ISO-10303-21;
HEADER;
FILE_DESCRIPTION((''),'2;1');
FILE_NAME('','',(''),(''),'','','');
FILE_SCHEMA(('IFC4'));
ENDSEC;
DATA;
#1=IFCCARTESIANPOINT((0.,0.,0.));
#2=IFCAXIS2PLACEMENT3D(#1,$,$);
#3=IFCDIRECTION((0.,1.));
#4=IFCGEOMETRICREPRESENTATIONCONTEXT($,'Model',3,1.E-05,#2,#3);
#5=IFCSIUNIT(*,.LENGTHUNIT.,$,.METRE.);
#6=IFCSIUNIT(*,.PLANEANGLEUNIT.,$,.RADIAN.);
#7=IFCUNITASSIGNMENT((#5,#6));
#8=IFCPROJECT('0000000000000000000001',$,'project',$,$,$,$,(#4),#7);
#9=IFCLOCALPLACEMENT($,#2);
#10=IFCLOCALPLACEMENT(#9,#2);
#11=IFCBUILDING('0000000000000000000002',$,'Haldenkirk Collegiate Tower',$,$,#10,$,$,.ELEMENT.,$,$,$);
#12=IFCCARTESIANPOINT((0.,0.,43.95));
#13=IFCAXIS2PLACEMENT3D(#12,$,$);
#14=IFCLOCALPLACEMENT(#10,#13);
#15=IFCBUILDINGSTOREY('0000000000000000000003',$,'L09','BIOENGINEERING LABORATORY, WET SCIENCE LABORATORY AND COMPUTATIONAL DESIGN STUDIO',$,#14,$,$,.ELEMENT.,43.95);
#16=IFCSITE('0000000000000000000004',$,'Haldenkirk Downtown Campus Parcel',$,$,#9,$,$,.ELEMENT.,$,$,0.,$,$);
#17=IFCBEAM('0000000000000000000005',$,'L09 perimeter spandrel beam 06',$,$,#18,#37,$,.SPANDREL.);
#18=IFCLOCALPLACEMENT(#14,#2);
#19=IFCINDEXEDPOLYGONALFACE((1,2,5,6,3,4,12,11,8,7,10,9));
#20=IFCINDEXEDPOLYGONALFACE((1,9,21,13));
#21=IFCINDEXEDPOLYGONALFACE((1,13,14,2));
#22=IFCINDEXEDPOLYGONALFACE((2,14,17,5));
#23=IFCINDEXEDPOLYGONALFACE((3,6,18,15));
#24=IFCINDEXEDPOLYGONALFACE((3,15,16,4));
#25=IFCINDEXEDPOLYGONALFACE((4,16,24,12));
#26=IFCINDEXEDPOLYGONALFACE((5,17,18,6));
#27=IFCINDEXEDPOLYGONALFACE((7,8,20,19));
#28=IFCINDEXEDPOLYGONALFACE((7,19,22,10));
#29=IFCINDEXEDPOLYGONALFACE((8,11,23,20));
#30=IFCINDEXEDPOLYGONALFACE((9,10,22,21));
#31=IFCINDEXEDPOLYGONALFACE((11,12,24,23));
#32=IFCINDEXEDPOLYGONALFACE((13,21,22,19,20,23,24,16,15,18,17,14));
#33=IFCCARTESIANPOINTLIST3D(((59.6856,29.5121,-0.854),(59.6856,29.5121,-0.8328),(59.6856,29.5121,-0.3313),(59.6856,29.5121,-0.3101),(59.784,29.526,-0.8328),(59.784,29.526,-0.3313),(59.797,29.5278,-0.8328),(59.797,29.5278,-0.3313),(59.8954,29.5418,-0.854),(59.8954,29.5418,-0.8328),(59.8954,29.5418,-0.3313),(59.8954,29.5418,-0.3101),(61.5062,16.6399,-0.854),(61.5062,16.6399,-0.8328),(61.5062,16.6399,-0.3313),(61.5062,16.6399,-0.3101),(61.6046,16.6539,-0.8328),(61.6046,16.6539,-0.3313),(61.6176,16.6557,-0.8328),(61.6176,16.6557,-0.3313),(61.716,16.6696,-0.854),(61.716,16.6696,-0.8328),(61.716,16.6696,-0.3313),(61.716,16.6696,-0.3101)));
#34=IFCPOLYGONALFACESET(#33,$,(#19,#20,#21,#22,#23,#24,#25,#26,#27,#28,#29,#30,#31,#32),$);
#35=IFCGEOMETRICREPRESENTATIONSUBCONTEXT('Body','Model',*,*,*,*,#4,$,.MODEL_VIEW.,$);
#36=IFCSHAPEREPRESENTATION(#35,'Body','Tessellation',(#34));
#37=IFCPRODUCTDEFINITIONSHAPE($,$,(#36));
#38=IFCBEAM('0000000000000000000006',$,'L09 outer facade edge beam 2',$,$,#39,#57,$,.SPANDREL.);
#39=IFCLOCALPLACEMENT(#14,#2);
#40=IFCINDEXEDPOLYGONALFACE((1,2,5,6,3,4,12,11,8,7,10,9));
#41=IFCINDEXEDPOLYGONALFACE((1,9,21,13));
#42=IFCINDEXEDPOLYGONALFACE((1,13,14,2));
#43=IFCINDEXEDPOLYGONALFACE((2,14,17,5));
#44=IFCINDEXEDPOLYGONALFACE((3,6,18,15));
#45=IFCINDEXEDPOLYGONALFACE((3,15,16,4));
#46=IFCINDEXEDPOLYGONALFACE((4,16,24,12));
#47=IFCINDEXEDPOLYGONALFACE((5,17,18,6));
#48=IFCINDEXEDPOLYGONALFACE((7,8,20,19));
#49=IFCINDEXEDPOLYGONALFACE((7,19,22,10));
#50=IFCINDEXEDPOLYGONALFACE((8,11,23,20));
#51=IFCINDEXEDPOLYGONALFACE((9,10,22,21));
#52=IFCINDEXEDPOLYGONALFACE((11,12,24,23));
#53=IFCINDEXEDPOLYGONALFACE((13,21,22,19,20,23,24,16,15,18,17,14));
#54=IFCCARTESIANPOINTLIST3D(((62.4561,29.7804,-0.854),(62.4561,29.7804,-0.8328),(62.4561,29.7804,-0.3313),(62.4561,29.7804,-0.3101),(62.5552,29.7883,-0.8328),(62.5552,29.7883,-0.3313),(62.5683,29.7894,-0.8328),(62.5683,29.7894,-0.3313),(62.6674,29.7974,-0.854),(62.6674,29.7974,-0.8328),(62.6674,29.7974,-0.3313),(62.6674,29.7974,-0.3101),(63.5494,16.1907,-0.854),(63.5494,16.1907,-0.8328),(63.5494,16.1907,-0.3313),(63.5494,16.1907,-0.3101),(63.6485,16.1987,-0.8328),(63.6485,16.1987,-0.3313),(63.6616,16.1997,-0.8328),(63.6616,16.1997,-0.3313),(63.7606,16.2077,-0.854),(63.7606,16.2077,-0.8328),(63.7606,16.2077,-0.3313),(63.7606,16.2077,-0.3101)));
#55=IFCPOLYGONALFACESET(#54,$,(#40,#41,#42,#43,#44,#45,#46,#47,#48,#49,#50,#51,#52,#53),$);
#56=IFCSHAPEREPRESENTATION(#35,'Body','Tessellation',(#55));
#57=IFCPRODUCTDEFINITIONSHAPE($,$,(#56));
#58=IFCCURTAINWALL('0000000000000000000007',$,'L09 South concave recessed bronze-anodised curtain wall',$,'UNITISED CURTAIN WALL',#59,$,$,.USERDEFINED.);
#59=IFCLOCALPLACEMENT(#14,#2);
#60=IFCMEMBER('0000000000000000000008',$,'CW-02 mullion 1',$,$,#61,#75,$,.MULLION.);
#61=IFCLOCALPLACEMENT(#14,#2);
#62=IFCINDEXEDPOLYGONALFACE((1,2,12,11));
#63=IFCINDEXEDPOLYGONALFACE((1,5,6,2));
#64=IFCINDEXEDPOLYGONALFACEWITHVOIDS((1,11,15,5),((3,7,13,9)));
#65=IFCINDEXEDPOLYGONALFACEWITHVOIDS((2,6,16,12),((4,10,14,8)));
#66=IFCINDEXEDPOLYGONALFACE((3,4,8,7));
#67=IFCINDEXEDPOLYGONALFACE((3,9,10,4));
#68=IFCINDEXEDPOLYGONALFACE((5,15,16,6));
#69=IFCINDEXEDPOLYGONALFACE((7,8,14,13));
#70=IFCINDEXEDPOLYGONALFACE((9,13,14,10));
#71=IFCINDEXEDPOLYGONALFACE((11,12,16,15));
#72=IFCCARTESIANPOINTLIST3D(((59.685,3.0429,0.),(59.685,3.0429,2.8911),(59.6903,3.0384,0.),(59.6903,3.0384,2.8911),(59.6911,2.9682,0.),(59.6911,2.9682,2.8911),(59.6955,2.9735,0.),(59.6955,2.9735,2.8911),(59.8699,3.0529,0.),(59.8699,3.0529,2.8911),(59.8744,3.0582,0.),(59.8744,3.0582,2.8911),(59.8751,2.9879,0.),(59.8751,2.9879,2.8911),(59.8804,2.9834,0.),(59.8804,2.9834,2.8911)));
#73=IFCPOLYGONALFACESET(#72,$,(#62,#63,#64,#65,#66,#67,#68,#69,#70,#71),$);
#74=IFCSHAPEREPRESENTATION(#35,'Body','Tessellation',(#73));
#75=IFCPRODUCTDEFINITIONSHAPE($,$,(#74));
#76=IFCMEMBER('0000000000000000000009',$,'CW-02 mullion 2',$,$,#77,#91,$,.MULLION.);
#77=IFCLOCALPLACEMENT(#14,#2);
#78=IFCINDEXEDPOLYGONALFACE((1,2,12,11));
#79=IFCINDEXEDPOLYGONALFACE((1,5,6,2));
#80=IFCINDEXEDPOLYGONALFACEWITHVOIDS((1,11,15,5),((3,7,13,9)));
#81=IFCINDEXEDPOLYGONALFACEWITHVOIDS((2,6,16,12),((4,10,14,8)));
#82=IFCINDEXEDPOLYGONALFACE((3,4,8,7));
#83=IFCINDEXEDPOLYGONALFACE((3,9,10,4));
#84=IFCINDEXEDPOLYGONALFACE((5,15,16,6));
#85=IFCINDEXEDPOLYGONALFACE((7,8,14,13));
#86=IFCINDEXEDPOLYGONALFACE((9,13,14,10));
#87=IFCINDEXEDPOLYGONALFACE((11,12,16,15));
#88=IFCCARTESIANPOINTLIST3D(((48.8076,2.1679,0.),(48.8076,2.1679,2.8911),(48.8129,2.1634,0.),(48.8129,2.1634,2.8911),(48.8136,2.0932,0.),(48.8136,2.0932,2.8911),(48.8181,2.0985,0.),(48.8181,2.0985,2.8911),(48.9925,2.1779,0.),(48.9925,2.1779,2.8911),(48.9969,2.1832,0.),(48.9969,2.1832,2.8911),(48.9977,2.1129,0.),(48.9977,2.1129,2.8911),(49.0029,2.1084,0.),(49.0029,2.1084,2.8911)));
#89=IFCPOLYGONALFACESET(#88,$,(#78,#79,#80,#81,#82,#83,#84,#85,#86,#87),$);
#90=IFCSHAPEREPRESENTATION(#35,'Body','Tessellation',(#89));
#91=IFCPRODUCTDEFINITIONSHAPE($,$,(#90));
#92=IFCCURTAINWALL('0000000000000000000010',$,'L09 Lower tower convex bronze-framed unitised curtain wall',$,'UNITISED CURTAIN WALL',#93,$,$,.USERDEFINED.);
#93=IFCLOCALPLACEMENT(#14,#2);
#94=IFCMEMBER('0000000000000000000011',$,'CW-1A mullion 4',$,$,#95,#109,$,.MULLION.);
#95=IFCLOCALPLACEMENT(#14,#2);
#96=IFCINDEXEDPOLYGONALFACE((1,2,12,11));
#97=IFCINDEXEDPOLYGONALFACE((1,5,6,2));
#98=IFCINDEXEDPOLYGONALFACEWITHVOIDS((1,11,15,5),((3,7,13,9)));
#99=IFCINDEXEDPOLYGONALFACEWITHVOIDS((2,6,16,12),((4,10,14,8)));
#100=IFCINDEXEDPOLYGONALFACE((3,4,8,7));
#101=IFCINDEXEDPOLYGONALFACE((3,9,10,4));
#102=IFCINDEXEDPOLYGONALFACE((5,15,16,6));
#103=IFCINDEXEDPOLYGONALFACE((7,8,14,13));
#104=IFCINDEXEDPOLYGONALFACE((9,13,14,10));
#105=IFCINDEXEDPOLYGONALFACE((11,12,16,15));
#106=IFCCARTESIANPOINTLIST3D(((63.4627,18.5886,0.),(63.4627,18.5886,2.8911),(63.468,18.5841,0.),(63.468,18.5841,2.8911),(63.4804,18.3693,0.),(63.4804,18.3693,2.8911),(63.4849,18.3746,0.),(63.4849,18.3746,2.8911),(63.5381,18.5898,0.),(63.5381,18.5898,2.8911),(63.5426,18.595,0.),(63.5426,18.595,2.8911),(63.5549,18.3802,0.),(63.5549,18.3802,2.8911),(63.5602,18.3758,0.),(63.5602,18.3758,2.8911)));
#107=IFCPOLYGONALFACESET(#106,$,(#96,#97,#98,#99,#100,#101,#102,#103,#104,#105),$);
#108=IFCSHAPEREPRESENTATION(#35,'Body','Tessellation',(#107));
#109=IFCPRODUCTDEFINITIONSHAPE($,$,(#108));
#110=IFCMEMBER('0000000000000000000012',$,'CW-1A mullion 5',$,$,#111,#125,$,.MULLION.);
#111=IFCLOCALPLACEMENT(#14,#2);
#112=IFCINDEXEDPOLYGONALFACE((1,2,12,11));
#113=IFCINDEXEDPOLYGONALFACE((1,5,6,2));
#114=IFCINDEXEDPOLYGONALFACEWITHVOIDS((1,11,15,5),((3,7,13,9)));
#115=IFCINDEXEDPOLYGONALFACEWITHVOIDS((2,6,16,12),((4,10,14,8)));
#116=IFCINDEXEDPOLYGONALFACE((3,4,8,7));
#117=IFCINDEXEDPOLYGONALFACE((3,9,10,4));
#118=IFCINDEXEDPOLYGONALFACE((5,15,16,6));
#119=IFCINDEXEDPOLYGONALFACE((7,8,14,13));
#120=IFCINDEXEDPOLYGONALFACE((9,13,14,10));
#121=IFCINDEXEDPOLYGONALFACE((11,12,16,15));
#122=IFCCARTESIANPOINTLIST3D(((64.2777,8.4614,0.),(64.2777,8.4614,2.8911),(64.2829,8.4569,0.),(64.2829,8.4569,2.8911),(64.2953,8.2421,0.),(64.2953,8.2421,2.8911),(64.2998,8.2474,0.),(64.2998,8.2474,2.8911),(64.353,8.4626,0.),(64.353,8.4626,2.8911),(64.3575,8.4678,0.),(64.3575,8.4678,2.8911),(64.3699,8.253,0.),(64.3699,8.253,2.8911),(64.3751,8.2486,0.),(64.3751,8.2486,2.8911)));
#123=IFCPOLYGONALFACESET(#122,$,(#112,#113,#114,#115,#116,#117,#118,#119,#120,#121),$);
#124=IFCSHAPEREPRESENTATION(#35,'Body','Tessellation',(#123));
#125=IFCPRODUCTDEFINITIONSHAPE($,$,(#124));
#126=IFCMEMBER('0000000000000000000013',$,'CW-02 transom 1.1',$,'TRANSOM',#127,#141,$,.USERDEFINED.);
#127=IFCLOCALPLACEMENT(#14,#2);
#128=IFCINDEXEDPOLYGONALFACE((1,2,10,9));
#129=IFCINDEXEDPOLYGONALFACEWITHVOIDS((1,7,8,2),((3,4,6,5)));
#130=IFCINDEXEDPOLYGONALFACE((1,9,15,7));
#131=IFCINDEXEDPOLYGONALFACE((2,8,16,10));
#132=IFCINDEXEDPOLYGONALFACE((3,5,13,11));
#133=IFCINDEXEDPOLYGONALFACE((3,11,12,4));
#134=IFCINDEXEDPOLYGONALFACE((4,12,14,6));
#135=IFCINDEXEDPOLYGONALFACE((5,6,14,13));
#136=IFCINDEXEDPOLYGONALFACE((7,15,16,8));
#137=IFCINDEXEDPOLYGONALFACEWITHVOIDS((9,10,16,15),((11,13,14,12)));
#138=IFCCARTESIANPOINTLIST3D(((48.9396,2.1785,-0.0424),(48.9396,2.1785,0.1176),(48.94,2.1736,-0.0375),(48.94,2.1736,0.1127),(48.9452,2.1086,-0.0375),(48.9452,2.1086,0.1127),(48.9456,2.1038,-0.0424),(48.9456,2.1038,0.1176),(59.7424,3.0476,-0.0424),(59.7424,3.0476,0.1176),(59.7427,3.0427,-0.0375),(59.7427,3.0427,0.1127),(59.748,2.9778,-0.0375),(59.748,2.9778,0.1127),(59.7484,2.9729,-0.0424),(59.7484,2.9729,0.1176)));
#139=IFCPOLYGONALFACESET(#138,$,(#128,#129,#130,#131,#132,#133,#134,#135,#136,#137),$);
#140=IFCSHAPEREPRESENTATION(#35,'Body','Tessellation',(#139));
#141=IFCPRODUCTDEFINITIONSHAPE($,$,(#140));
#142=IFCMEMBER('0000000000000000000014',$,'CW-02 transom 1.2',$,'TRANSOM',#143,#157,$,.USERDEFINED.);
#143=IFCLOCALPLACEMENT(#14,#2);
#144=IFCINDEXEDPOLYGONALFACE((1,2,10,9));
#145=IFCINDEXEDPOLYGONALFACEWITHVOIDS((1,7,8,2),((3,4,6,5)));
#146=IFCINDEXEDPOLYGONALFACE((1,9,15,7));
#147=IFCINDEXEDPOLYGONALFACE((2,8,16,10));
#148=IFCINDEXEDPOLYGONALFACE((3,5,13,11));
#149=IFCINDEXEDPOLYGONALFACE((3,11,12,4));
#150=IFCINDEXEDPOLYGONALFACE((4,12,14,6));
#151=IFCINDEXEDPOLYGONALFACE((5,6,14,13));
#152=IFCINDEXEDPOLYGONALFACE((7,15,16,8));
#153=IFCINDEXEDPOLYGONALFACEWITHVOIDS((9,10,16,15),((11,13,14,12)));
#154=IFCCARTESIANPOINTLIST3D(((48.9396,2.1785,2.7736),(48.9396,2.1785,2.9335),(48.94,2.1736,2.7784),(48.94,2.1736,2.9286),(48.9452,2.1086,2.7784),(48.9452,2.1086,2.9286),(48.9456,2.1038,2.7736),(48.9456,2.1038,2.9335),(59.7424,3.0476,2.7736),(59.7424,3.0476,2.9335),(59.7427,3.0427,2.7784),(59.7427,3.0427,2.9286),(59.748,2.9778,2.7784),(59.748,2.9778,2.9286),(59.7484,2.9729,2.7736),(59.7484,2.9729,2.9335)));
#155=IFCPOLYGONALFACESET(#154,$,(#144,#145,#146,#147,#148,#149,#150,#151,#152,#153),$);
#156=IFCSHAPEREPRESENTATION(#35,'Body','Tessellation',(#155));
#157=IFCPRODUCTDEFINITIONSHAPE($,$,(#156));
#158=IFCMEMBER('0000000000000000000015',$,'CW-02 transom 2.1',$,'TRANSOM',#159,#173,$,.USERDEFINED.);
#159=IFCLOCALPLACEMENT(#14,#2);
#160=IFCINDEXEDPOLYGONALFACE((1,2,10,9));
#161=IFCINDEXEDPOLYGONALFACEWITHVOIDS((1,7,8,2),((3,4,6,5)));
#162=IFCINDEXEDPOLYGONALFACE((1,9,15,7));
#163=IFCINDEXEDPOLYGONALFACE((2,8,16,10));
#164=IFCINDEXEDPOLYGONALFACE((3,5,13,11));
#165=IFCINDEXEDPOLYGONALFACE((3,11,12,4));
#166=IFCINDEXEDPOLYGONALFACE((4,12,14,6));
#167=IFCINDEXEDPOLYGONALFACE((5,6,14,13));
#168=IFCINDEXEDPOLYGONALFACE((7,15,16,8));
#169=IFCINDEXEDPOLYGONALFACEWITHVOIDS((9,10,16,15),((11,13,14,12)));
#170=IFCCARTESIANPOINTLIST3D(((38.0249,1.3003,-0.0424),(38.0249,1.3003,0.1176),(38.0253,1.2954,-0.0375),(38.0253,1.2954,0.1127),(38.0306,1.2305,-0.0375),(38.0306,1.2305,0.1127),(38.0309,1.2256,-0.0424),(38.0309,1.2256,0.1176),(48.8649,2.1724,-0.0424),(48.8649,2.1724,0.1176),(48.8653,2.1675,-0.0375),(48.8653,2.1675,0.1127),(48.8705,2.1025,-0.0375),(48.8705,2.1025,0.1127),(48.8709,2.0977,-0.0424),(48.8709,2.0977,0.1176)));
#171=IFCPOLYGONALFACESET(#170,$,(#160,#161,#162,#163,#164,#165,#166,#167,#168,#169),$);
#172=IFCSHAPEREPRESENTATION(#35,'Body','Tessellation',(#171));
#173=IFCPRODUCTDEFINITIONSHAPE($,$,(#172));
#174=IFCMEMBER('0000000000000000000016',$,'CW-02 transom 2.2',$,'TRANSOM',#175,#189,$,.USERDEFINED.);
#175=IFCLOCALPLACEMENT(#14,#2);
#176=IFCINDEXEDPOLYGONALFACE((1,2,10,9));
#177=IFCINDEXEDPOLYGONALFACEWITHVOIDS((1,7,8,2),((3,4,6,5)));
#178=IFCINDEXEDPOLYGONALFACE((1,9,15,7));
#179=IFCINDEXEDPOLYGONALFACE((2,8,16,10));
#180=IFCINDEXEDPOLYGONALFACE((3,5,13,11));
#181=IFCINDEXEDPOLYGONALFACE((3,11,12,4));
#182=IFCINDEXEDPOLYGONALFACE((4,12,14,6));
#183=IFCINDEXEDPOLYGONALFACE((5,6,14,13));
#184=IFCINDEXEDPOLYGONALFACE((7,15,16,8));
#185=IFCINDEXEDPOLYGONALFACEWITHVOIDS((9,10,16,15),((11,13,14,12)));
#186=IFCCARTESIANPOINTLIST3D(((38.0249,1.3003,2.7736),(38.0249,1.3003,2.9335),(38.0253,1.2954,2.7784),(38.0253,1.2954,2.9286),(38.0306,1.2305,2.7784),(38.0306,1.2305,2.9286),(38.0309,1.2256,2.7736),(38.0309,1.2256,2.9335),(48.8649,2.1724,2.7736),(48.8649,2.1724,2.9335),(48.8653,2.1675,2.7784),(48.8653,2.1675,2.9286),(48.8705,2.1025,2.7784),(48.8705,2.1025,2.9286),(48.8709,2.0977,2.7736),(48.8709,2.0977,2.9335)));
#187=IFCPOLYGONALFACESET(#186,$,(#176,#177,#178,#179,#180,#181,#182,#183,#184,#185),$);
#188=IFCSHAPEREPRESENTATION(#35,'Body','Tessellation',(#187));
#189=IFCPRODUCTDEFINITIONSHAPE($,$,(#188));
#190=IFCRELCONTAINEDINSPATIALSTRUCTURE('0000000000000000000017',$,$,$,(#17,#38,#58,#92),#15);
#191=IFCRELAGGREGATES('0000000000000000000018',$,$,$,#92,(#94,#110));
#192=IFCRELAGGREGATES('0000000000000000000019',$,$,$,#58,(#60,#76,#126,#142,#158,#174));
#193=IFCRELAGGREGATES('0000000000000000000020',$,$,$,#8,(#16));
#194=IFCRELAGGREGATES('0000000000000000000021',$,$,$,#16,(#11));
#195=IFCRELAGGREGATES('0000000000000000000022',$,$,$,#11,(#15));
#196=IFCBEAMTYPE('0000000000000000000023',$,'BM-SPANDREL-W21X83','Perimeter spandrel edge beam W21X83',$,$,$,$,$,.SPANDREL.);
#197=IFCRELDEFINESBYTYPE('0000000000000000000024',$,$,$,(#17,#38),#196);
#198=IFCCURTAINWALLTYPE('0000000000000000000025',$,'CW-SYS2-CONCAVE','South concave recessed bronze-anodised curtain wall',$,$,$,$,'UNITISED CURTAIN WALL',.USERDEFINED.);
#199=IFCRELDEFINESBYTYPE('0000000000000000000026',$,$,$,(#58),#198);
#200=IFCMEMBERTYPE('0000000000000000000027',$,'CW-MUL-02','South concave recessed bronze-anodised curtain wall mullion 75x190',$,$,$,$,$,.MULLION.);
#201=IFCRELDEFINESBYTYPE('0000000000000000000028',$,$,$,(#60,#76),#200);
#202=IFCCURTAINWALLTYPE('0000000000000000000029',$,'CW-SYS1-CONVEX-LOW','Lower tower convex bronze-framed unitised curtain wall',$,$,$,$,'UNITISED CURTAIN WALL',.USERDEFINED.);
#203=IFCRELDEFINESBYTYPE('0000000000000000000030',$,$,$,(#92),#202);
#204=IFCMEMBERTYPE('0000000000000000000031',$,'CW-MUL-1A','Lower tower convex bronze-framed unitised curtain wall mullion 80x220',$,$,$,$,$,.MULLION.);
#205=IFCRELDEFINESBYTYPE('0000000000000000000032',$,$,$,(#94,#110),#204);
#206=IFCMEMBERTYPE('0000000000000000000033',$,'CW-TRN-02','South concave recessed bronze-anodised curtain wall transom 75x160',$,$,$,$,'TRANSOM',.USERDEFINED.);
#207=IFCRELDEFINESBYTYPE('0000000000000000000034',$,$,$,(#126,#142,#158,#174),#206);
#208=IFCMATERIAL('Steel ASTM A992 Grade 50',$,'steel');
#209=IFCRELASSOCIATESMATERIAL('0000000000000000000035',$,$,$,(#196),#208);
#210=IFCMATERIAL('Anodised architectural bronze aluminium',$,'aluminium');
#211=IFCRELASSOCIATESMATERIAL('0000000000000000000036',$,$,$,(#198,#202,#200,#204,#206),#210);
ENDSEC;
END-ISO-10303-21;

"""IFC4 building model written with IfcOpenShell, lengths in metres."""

from ifc_helpers import new_model, si_unit, direction, frame, origin, origin_2d, place, context, subcontext, project, spatial, hollow_rectangle, i_section, extrude, material, material_profile, profile_set, type_object, element, aggregate, save


model = new_model("IFC4")

# Units and contexts
model_context = context("Model", 3, precision=1e-05, world=origin(), true_north=direction((0.0, 1.0)))
body_context = subcontext(model_context, "Body", "Model", "MODEL_VIEW")
ifc_project = project(units=[si_unit("LENGTHUNIT", "METRE"), si_unit("PLANEANGLEUNIT", "RADIAN")], contexts=[model_context])

# Site, building, storey
site_placement = place(None, origin())
site = spatial("IfcSite", under=ifc_project, at=site_placement, Name="Haldenkirk Downtown Campus Parcel", CompositionType="ELEMENT", RefElevation=0.0)
building_placement = place(site_placement, origin())
building = spatial("IfcBuilding", under=site, at=building_placement, Name="Haldenkirk Collegiate Tower", CompositionType="ELEMENT")
storey_placement = place(building_placement, frame((0.0, 0.0, 43.95)))
storey = spatial("IfcBuildingStorey", under=building, at=storey_placement, Name="L09", Description="BIOENGINEERING LABORATORY, WET SCIENCE LABORATORY AND COMPUTATIONAL DESIGN STUDIO", CompositionType="ELEMENT", Elevation=43.95)

# Beams
ifc_material_1 = material(Name="Steel ASTM A992 Grade 50", Category="steel")
ifc_material_profile_1 = material_profile(ifc_material_1, i_section(OverallWidth=0.2119, OverallDepth=0.5439, WebThickness=0.0132, FlangeThickness=0.0212, at=origin_2d()), Name="W21X83")
ifc_profile_set_1 = profile_set([ifc_material_profile_1], Name="Steel ASTM A992 Grade 50")
beam_type_1 = type_object("IfcBeamType", Name="BM-SPANDREL-W21X83", Description="Perimeter spandrel edge beam W21X83", PredefinedType="SPANDREL", material=ifc_profile_set_1)
beam_1_placement = place(storey_placement, frame((61.6111, 16.6548, -0.582), z_axis=(-0.140041, 0.990146, 0.0), x_axis=(-0.990146, -0.140041, 0.0)))
element("IfcBeam", 1, at=beam_1_placement, inside=storey, type_object=beam_type_1, Name="L09 perimeter spandrel beam 06", PredefinedType="SPANDREL", context=body_context, shape_type="SweptSolid", body=[
    extrude(i_section(OverallWidth=0.2119, OverallDepth=0.5439, WebThickness=0.0132, FlangeThickness=0.0212, at=origin_2d()), origin(), (0.0, 0.0, 1.0), 13.0002),
])
beam_2_placement = place(storey_placement, frame((63.655, 16.1992, -0.582), z_axis=(-0.080189, 0.99678, 0.0), x_axis=(-0.99678, -0.080189, 0.0)))
element("IfcBeam", 2, at=beam_2_placement, inside=storey, type_object=beam_type_1, Name="L09 outer facade edge beam 2", PredefinedType="SPANDREL", context=body_context, shape_type="SweptSolid", body=[
    extrude(i_section(OverallWidth=0.2119, OverallDepth=0.5439, WebThickness=0.0132, FlangeThickness=0.0212, at=origin_2d()), origin(), (0.0, 0.0, 1.0), 13.6335),
])

# Curtain walls, members
ifc_material_2 = material(Name="Anodised architectural bronze aluminium", Category="aluminium")
curtain_wall_type_1 = type_object("IfcCurtainWallType", Name="CW-SYS2-CONCAVE", Description="South concave recessed bronze-anodised curtain wall", ElementType="UNITISED CURTAIN WALL", PredefinedType="USERDEFINED", material=ifc_material_2)
curtain_wall_1_placement = place(storey_placement, origin())
curtain_wall_1 = element("IfcCurtainWall", 3, at=curtain_wall_1_placement, inside=storey, type_object=curtain_wall_type_1, Name="L09 South concave recessed bronze-anodised curtain wall", ObjectType="UNITISED CURTAIN WALL", PredefinedType="USERDEFINED")
ifc_material_profile_2 = material_profile(ifc_material_2, hollow_rectangle(XDim=0.075, YDim=0.1899, WallThickness=0.0049, at=origin_2d()), Name="CW-MUL-02")
ifc_profile_set_2 = profile_set([ifc_material_profile_2], Name="Anodised architectural bronze aluminium")
member_type_1 = type_object("IfcMemberType", Name="CW-MUL-02", Description="South concave recessed bronze-anodised curtain wall mullion 75x190", PredefinedType="MULLION", material=ifc_profile_set_2)
member_1_placement = place(storey_placement, frame((59.7827, 3.0132, 0.0), z_axis=(0.0, 0.0, 1.0), x_axis=(0.080199, -0.996779, 0.0)))
member_1 = element("IfcMember", 4, at=member_1_placement, type_object=member_type_1, Name="CW-02 mullion 1", PredefinedType="MULLION", context=body_context, shape_type="SweptSolid", body=[
    extrude(hollow_rectangle(XDim=0.075, YDim=0.1899, WallThickness=0.0049, at=origin_2d()), origin(), (0.0, 0.0, 1.0), 2.8911),
])
member_2_placement = place(storey_placement, frame((48.9053, 2.1382, 0.0), z_axis=(0.0, 0.0, 1.0), x_axis=(0.080199, -0.996779, 0.0)))
member_2 = element("IfcMember", 5, at=member_2_placement, type_object=member_type_1, Name="CW-02 mullion 2", PredefinedType="MULLION", context=body_context, shape_type="SweptSolid", body=[
    extrude(hollow_rectangle(XDim=0.075, YDim=0.1899, WallThickness=0.0049, at=origin_2d()), origin(), (0.0, 0.0, 1.0), 2.8911),
])
curtain_wall_type_2 = type_object("IfcCurtainWallType", Name="CW-SYS1-CONVEX-LOW", Description="Lower tower convex bronze-framed unitised curtain wall", ElementType="UNITISED CURTAIN WALL", PredefinedType="USERDEFINED", material=ifc_material_2)
curtain_wall_2_placement = place(storey_placement, origin())
curtain_wall_2 = element("IfcCurtainWall", 6, at=curtain_wall_2_placement, inside=storey, type_object=curtain_wall_type_2, Name="L09 Lower tower convex bronze-framed unitised curtain wall", ObjectType="UNITISED CURTAIN WALL", PredefinedType="USERDEFINED")
ifc_material_profile_3 = material_profile(ifc_material_2, hollow_rectangle(XDim=0.0801, YDim=0.22, WallThickness=0.0049, at=origin_2d()), Name="CW-MUL-1A")
ifc_profile_set_3 = profile_set([ifc_material_profile_3], Name="Anodised architectural bronze aluminium")
member_type_2 = type_object("IfcMemberType", Name="CW-MUL-1A", Description="Lower tower convex bronze-framed unitised curtain wall mullion 80x220", PredefinedType="MULLION", material=ifc_profile_set_3)
member_3_placement = place(storey_placement, frame((63.5115, 18.4822, 0.0), z_axis=(0.0, 0.0, 1.0), x_axis=(0.996779, 0.080198, 0.0)))
member_3 = element("IfcMember", 7, at=member_3_placement, type_object=member_type_2, Name="CW-1A mullion 4", PredefinedType="MULLION", context=body_context, shape_type="SweptSolid", body=[
    extrude(hollow_rectangle(XDim=0.0801, YDim=0.22, WallThickness=0.0049, at=origin_2d()), origin(), (0.0, 0.0, 1.0), 2.8911),
])
member_4_placement = place(storey_placement, frame((64.3264, 8.355, 0.0), z_axis=(0.0, 0.0, 1.0), x_axis=(0.996779, 0.080198, 0.0)))
member_4 = element("IfcMember", 8, at=member_4_placement, type_object=member_type_2, Name="CW-1A mullion 5", PredefinedType="MULLION", context=body_context, shape_type="SweptSolid", body=[
    extrude(hollow_rectangle(XDim=0.0801, YDim=0.22, WallThickness=0.0049, at=origin_2d()), origin(), (0.0, 0.0, 1.0), 2.8911),
])

# Members
ifc_material_profile_4 = material_profile(ifc_material_2, hollow_rectangle(XDim=0.075, YDim=0.1599, WallThickness=0.0049, at=origin_2d()), Name="CW-TRN-02")
ifc_profile_set_4 = profile_set([ifc_material_profile_4], Name="Anodised architectural bronze aluminium")
member_type_3 = type_object("IfcMemberType", Name="CW-TRN-02", Description="South concave recessed bronze-anodised curtain wall transom 75x160", ElementType="TRANSOM", PredefinedType="USERDEFINED", material=ifc_profile_set_4)
member_5_placement = place(storey_placement, frame((59.7454, 3.0103, 0.0376), z_axis=(-0.996779, -0.080196, 0.0), x_axis=(0.080196, -0.996779, 0.0)))
member_5 = element("IfcMember", 9, at=member_5_placement, type_object=member_type_3, Name="CW-02 transom 1.1", ObjectType="TRANSOM", PredefinedType="USERDEFINED", context=body_context, shape_type="SweptSolid", body=[
    extrude(hollow_rectangle(XDim=0.075, YDim=0.1599, WallThickness=0.0049, at=origin_2d()), origin(), (0.0, 0.0, 1.0), 10.8376),
])
member_6_placement = place(storey_placement, frame((59.7454, 3.0103, 2.8535), z_axis=(-0.996779, -0.080196, 0.0), x_axis=(0.080196, -0.996779, 0.0)))
member_6 = element("IfcMember", 10, at=member_6_placement, type_object=member_type_3, Name="CW-02 transom 1.2", ObjectType="TRANSOM", PredefinedType="USERDEFINED", context=body_context, shape_type="SweptSolid", body=[
    extrude(hollow_rectangle(XDim=0.075, YDim=0.1599, WallThickness=0.0049, at=origin_2d()), origin(), (0.0, 0.0, 1.0), 10.8376),
])
member_7_placement = place(storey_placement, frame((48.8679, 2.135, 0.0376), z_axis=(-0.99678, -0.08019, 0.0), x_axis=(0.08019, -0.99678, 0.0)))
member_7 = element("IfcMember", 11, at=member_7_placement, type_object=member_type_3, Name="CW-02 transom 2.1", ObjectType="TRANSOM", PredefinedType="USERDEFINED", context=body_context, shape_type="SweptSolid", body=[
    extrude(hollow_rectangle(XDim=0.075, YDim=0.1599, WallThickness=0.0049, at=origin_2d()), origin(), (0.0, 0.0, 1.0), 10.875),
])
member_8_placement = place(storey_placement, frame((48.8679, 2.135, 2.8535), z_axis=(-0.99678, -0.08019, 0.0), x_axis=(0.08019, -0.99678, 0.0)))
member_8 = element("IfcMember", 12, at=member_8_placement, type_object=member_type_3, Name="CW-02 transom 2.2", ObjectType="TRANSOM", PredefinedType="USERDEFINED", context=body_context, shape_type="SweptSolid", body=[
    extrude(hollow_rectangle(XDim=0.075, YDim=0.1599, WallThickness=0.0049, at=origin_2d()), origin(), (0.0, 0.0, 1.0), 10.875),
])

aggregate(curtain_wall_2, [member_3, member_4])
aggregate(curtain_wall_1, [member_1, member_2, member_5, member_6, member_7, member_8])

save(model, "model.ifc")
